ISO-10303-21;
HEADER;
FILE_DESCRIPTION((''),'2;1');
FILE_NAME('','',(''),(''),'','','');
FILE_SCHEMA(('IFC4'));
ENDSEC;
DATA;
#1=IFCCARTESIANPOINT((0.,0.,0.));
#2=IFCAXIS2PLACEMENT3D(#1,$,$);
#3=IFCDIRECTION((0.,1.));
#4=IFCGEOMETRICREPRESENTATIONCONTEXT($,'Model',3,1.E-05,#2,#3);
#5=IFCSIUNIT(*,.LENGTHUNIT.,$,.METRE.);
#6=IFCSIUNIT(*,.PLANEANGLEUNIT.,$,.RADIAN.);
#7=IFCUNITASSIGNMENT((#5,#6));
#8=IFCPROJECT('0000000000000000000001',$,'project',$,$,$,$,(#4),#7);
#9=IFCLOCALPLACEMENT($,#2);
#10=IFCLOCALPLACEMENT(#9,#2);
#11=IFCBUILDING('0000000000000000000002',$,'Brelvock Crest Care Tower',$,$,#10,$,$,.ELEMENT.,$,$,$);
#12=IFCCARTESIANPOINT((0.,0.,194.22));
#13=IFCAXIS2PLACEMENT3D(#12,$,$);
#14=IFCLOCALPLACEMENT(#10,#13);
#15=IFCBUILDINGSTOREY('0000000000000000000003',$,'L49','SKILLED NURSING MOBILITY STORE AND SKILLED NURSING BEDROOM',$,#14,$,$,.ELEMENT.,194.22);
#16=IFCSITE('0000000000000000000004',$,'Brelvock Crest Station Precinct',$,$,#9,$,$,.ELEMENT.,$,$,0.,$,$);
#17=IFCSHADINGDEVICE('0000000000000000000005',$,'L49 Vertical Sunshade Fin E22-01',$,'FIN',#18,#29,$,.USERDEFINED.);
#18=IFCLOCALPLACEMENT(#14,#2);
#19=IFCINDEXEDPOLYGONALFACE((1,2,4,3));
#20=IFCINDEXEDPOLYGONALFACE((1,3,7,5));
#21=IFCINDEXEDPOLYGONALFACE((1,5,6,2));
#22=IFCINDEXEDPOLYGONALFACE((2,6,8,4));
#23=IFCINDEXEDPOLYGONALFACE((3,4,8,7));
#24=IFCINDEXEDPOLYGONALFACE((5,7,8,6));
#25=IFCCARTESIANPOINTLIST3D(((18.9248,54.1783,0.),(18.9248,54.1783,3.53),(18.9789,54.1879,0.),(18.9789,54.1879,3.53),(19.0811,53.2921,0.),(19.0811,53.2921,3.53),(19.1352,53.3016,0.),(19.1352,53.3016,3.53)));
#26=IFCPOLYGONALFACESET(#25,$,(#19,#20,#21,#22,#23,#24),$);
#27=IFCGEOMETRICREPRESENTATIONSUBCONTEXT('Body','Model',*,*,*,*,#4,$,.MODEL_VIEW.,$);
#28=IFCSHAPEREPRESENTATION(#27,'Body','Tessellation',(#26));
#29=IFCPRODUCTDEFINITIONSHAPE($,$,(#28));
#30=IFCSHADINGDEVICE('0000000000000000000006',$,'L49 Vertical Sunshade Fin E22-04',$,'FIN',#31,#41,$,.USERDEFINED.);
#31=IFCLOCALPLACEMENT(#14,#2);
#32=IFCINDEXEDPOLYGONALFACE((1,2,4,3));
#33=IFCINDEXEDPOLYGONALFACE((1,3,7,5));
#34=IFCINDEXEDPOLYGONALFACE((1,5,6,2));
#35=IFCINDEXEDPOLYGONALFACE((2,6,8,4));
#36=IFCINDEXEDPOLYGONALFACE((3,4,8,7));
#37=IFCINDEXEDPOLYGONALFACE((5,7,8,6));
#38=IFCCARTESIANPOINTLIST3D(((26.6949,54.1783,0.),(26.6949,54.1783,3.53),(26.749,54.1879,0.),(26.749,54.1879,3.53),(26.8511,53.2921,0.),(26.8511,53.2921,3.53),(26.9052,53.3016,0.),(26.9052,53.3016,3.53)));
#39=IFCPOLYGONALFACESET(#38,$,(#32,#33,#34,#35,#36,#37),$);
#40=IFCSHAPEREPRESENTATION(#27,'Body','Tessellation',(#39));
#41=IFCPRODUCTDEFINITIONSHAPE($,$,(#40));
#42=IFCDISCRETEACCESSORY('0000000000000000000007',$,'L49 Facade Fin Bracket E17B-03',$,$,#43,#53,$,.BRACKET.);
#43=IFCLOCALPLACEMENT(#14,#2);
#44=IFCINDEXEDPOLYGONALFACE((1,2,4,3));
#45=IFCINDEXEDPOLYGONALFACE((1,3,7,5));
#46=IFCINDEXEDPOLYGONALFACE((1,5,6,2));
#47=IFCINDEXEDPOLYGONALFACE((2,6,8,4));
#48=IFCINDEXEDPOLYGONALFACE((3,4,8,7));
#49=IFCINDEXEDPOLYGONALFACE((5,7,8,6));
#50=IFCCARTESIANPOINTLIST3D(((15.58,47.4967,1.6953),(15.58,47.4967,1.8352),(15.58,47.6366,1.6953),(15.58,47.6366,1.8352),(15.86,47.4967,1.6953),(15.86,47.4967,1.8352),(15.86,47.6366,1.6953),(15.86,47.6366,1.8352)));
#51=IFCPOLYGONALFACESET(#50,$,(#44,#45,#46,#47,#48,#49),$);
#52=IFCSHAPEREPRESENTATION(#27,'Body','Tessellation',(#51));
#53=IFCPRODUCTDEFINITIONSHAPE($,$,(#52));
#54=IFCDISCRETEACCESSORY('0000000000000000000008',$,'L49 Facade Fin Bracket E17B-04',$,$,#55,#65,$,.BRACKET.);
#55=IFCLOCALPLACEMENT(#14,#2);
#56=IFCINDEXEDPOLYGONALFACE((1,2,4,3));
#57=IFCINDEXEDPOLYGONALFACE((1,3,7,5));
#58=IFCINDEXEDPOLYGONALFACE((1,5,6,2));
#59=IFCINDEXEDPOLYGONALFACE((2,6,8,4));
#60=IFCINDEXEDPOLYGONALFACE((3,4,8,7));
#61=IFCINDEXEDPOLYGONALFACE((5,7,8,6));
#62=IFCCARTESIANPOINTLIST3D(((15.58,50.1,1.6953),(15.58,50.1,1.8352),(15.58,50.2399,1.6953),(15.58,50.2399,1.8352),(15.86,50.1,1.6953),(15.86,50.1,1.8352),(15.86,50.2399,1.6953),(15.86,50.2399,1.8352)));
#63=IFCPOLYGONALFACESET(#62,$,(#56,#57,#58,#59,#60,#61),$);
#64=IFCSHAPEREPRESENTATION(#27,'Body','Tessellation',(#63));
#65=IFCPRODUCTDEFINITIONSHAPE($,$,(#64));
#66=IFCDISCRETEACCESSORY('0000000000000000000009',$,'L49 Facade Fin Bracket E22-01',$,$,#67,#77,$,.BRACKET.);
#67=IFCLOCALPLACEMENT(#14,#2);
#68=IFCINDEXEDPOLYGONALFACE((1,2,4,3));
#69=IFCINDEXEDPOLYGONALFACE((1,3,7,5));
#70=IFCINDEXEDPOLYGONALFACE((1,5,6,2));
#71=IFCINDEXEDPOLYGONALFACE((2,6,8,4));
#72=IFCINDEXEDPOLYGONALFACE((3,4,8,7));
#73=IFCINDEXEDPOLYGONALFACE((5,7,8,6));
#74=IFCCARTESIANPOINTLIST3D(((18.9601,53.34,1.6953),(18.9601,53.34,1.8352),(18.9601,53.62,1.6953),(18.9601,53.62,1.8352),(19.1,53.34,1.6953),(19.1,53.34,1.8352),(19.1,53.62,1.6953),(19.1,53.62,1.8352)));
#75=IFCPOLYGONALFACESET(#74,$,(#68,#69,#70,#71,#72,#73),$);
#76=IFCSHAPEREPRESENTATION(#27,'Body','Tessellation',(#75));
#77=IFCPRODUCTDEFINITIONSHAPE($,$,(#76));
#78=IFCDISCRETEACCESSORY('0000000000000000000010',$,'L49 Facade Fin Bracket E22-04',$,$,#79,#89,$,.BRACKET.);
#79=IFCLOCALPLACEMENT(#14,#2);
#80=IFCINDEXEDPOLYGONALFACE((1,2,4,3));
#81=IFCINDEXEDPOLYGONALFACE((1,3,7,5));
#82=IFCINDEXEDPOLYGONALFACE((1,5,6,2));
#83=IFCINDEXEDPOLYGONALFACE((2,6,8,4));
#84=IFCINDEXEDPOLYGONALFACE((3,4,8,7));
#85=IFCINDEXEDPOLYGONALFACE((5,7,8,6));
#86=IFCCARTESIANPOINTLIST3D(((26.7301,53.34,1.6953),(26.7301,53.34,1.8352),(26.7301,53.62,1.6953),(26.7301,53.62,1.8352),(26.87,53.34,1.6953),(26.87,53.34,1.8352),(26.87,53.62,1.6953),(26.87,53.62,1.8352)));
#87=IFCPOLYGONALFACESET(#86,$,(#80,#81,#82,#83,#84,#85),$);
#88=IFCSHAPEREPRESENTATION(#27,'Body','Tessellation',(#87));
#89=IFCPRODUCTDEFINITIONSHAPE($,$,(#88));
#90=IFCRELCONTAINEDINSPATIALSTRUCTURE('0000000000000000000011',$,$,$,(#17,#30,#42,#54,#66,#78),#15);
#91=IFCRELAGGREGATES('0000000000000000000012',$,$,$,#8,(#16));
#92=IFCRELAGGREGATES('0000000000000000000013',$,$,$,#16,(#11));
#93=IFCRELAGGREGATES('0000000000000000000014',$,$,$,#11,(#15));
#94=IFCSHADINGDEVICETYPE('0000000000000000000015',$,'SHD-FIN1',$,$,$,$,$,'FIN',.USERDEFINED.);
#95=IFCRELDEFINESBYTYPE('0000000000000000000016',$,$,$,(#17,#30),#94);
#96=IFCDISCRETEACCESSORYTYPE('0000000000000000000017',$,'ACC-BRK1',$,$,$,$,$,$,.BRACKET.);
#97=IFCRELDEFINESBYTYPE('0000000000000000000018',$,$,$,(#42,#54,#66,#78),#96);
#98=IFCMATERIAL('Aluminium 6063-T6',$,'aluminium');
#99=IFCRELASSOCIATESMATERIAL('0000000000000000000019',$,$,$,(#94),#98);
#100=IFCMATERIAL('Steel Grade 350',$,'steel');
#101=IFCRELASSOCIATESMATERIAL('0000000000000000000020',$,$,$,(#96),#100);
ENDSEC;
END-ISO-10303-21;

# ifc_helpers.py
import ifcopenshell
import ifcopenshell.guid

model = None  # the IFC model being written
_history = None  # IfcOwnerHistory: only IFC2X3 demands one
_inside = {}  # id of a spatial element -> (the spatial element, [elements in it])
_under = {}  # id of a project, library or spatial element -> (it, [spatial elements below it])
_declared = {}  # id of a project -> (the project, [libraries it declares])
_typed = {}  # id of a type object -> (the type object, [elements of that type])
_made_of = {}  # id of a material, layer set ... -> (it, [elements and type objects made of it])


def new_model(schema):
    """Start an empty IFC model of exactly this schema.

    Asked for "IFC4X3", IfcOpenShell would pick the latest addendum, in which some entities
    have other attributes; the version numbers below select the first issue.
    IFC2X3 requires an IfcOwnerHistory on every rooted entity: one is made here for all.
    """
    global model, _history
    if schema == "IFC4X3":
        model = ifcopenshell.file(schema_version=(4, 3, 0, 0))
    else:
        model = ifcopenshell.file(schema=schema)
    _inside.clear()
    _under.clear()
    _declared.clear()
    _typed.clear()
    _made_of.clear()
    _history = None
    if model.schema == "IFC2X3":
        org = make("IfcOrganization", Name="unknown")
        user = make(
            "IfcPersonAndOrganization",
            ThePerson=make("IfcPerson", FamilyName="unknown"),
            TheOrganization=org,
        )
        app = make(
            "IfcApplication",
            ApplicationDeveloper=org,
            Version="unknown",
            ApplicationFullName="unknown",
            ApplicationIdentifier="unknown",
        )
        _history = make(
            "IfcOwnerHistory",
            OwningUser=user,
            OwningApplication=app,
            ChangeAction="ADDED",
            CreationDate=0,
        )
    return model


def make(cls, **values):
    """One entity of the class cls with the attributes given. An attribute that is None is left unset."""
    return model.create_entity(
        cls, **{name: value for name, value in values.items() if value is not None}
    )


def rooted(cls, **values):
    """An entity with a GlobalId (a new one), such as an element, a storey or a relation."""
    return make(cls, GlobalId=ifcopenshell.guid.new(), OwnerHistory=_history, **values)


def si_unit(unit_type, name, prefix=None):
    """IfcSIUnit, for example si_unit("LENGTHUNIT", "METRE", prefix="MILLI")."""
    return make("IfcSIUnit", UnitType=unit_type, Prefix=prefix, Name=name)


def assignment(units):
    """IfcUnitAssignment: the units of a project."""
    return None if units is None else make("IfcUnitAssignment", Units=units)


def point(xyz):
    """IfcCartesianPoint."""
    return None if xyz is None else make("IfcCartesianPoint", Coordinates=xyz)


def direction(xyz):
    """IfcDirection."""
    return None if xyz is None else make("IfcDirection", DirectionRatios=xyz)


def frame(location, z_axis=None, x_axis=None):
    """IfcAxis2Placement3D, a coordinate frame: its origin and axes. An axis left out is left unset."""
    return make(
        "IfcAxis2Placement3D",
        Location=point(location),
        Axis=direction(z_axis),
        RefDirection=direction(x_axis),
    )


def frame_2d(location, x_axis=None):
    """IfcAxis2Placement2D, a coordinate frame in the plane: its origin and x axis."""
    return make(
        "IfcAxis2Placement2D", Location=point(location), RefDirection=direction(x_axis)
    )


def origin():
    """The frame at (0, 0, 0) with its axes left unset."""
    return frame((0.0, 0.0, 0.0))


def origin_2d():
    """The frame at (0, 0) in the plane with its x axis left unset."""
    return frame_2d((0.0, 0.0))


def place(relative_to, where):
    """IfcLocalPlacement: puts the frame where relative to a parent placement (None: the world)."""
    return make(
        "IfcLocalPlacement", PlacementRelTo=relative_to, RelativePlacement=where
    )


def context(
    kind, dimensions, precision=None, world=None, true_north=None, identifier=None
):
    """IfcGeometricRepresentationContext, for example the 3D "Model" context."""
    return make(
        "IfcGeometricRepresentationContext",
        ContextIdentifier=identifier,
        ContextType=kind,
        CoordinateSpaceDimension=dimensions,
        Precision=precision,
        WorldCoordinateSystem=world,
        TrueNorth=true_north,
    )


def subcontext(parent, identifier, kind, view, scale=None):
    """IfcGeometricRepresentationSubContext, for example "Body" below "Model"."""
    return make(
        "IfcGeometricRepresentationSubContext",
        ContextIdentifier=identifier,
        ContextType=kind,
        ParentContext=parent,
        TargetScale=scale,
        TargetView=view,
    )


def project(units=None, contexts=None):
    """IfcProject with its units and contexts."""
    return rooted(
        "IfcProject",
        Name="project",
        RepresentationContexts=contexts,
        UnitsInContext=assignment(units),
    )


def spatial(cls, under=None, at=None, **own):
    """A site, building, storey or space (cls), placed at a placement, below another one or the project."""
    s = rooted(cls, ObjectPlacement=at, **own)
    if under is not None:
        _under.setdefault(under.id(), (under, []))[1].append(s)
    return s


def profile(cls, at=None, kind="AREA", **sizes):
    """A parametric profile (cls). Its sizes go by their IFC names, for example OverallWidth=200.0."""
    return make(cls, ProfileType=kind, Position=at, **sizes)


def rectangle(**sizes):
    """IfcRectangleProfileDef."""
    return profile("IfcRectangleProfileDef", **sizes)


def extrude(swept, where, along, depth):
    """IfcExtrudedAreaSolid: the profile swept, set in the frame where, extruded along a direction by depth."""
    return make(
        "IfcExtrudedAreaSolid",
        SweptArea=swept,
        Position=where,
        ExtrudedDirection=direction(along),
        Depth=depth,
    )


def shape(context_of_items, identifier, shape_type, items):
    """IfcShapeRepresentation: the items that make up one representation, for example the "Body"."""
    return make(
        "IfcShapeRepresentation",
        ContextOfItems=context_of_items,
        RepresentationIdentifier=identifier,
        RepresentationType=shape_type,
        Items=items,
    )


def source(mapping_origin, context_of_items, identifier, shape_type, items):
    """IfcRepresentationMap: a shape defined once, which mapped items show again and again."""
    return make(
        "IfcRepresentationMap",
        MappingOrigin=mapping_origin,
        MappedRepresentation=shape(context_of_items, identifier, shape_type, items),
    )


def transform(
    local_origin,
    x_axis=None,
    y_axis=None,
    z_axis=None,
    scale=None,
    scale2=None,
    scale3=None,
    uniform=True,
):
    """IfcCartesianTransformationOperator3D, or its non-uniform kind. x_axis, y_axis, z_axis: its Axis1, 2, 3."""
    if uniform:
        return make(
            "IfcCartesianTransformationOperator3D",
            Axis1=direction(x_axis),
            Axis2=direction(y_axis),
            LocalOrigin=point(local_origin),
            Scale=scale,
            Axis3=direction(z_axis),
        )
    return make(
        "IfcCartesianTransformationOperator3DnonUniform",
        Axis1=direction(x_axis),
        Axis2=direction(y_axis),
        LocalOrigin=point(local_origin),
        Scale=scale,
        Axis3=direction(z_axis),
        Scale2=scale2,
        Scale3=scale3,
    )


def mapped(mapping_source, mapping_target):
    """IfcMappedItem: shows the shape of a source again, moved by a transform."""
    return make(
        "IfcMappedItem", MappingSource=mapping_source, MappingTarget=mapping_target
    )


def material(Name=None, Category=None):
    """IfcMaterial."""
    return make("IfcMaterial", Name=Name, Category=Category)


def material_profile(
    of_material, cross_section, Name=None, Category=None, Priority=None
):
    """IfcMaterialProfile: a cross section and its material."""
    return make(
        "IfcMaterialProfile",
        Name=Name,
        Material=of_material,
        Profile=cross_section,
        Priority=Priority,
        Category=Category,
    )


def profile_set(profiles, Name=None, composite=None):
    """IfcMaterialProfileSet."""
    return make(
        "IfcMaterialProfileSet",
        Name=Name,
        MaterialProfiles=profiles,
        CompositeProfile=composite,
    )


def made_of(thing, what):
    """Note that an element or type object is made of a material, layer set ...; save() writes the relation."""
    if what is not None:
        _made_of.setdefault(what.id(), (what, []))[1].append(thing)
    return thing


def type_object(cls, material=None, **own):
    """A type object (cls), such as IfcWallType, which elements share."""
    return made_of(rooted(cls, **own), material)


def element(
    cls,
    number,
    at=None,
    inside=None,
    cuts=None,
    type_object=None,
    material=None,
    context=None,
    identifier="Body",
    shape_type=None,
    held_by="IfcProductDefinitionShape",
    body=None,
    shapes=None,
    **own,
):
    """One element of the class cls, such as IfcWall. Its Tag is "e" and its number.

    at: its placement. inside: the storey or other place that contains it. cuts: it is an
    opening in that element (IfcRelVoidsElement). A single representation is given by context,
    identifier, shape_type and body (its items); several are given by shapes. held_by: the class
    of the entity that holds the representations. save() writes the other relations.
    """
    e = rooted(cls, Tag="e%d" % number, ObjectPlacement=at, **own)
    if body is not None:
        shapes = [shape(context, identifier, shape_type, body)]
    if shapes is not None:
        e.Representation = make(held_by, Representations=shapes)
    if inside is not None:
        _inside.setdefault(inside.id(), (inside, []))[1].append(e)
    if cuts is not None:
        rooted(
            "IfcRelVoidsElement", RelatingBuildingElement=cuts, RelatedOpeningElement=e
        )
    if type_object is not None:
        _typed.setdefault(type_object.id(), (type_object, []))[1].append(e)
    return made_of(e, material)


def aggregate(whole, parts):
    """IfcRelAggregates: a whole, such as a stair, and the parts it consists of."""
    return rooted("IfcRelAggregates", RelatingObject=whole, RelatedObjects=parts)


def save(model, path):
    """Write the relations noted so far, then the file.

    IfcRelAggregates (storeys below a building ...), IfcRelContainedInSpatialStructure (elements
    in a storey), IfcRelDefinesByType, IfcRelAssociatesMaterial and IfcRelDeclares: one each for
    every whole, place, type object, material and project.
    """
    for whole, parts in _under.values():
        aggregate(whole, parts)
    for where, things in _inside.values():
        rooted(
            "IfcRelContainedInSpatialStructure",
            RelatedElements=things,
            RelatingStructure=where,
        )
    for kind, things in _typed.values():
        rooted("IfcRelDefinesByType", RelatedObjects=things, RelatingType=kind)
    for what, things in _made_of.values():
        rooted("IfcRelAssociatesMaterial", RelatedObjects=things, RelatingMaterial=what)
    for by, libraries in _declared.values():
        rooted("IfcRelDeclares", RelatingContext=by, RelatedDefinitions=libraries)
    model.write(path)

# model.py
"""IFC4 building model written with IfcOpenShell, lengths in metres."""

from ifc_helpers import new_model, si_unit, direction, frame, origin, origin_2d, place, context, subcontext, project, spatial, rectangle, extrude, source, transform, mapped, material, material_profile, profile_set, type_object, element, save


model = new_model("IFC4")

# Units and contexts
model_context = context("Model", 3, precision=1e-05, world=origin(), true_north=direction((0.0, 1.0)))
body_context = subcontext(model_context, "Body", "Model", "MODEL_VIEW")
ifc_project = project(units=[si_unit("LENGTHUNIT", "METRE"), si_unit("PLANEANGLEUNIT", "RADIAN")], contexts=[model_context])

# Site, building, storey
site_placement = place(None, origin())
site = spatial("IfcSite", under=ifc_project, at=site_placement, Name="Brelvock Crest Station Precinct", CompositionType="ELEMENT", RefElevation=0.0)
building_placement = place(site_placement, origin())
building = spatial("IfcBuilding", under=site, at=building_placement, Name="Brelvock Crest Care Tower", CompositionType="ELEMENT")
storey_placement = place(building_placement, frame((0.0, 0.0, 194.22)))
storey = spatial("IfcBuildingStorey", under=building, at=storey_placement, Name="L49", Description="SKILLED NURSING MOBILITY STORE AND SKILLED NURSING BEDROOM", CompositionType="ELEMENT", Elevation=194.22)

# Shared definitions
ifc_material_1 = material(Name="Aluminium 6063-T6", Category="aluminium")

# Shading devices
ifc_material_profile_1 = material_profile(ifc_material_1, rectangle(XDim=0.0549, YDim=0.8999, at=origin_2d()), Name="FIN55x900")
ifc_profile_set_1 = profile_set([ifc_material_profile_1], Name="Aluminium 6063-T6")
shading_device_type = type_object("IfcShadingDeviceType", Name="SHD-FIN1", ElementType="FIN", PredefinedType="USERDEFINED", material=ifc_profile_set_1)
shared_shape_1 = source(origin(), body_context, "Body", "SweptSolid", [
    extrude(rectangle(XDim=0.0549, YDim=0.8999, at=origin_2d()), origin(), (0.0, 0.0, 1.0), 3.53),
])
for number, where, z_axis, x_axis, name in (
    (1, (19.03, 53.74, 0.0), (0.0, 0.0, 1.0), (0.984808, 0.173648, 0.0), "L49 Vertical Sunshade Fin E22-01"),
    (2, (26.8, 53.74, 0.0), (0.0, 0.0, 1.0), (0.984808, 0.173648, 0.0), "L49 Vertical Sunshade Fin E22-04"),
):
    element("IfcShadingDevice", number, at=place(storey_placement, frame(where, z_axis=z_axis, x_axis=x_axis)), inside=storey, type_object=shading_device_type, Name=name, ObjectType="FIN", PredefinedType="USERDEFINED", context=body_context, shape_type="MappedRepresentation", body=[
        mapped(shared_shape_1, transform((0.0, 0.0, 0.0), x_axis=(1.0, 0.0, 0.0), y_axis=(0.0, 1.0, 0.0), z_axis=(0.0, 0.0, 1.0), scale=1.0)),
    ])

# Discrete accessories
ifc_material_2 = material(Name="Steel Grade 350", Category="steel")
discrete_accessory_type = type_object("IfcDiscreteAccessoryType", Name="ACC-BRK1", PredefinedType="BRACKET", material=ifc_material_2)
shared_shape_2 = source(origin(), body_context, "Body", "SweptSolid", [
    extrude(rectangle(XDim=0.28, YDim=0.1399, at=origin_2d()), origin(), (0.0, 0.0, 1.0), 0.1399),
])
for number, where, z_axis, x_axis, name in (
    (3, (15.72, 47.5667, 1.6953), (0.0, 0.0, 1.0), (-1.0, 0.0, 0.0), "L49 Facade Fin Bracket E17B-03"),
    (4, (15.72, 50.1699, 1.6953), (0.0, 0.0, 1.0), (-1.0, 0.0, 0.0), "L49 Facade Fin Bracket E17B-04"),
    (5, (19.03, 53.48, 1.6953), (0.0, 0.0, 1.0), (0.0, 1.0, 0.0), "L49 Facade Fin Bracket E22-01"),
    (6, (26.8, 53.48, 1.6953), (0.0, 0.0, 1.0), (0.0, 1.0, 0.0), "L49 Facade Fin Bracket E22-04"),
):
    element("IfcDiscreteAccessory", number, at=place(storey_placement, frame(where, z_axis=z_axis, x_axis=x_axis)), inside=storey, type_object=discrete_accessory_type, Name=name, PredefinedType="BRACKET", context=body_context, shape_type="MappedRepresentation", body=[
        mapped(shared_shape_2, transform((0.0, 0.0, 0.0), x_axis=(1.0, 0.0, 0.0), y_axis=(0.0, 1.0, 0.0), z_axis=(0.0, 0.0, 1.0), scale=1.0)),
    ])

save(model, "model.ifc")
